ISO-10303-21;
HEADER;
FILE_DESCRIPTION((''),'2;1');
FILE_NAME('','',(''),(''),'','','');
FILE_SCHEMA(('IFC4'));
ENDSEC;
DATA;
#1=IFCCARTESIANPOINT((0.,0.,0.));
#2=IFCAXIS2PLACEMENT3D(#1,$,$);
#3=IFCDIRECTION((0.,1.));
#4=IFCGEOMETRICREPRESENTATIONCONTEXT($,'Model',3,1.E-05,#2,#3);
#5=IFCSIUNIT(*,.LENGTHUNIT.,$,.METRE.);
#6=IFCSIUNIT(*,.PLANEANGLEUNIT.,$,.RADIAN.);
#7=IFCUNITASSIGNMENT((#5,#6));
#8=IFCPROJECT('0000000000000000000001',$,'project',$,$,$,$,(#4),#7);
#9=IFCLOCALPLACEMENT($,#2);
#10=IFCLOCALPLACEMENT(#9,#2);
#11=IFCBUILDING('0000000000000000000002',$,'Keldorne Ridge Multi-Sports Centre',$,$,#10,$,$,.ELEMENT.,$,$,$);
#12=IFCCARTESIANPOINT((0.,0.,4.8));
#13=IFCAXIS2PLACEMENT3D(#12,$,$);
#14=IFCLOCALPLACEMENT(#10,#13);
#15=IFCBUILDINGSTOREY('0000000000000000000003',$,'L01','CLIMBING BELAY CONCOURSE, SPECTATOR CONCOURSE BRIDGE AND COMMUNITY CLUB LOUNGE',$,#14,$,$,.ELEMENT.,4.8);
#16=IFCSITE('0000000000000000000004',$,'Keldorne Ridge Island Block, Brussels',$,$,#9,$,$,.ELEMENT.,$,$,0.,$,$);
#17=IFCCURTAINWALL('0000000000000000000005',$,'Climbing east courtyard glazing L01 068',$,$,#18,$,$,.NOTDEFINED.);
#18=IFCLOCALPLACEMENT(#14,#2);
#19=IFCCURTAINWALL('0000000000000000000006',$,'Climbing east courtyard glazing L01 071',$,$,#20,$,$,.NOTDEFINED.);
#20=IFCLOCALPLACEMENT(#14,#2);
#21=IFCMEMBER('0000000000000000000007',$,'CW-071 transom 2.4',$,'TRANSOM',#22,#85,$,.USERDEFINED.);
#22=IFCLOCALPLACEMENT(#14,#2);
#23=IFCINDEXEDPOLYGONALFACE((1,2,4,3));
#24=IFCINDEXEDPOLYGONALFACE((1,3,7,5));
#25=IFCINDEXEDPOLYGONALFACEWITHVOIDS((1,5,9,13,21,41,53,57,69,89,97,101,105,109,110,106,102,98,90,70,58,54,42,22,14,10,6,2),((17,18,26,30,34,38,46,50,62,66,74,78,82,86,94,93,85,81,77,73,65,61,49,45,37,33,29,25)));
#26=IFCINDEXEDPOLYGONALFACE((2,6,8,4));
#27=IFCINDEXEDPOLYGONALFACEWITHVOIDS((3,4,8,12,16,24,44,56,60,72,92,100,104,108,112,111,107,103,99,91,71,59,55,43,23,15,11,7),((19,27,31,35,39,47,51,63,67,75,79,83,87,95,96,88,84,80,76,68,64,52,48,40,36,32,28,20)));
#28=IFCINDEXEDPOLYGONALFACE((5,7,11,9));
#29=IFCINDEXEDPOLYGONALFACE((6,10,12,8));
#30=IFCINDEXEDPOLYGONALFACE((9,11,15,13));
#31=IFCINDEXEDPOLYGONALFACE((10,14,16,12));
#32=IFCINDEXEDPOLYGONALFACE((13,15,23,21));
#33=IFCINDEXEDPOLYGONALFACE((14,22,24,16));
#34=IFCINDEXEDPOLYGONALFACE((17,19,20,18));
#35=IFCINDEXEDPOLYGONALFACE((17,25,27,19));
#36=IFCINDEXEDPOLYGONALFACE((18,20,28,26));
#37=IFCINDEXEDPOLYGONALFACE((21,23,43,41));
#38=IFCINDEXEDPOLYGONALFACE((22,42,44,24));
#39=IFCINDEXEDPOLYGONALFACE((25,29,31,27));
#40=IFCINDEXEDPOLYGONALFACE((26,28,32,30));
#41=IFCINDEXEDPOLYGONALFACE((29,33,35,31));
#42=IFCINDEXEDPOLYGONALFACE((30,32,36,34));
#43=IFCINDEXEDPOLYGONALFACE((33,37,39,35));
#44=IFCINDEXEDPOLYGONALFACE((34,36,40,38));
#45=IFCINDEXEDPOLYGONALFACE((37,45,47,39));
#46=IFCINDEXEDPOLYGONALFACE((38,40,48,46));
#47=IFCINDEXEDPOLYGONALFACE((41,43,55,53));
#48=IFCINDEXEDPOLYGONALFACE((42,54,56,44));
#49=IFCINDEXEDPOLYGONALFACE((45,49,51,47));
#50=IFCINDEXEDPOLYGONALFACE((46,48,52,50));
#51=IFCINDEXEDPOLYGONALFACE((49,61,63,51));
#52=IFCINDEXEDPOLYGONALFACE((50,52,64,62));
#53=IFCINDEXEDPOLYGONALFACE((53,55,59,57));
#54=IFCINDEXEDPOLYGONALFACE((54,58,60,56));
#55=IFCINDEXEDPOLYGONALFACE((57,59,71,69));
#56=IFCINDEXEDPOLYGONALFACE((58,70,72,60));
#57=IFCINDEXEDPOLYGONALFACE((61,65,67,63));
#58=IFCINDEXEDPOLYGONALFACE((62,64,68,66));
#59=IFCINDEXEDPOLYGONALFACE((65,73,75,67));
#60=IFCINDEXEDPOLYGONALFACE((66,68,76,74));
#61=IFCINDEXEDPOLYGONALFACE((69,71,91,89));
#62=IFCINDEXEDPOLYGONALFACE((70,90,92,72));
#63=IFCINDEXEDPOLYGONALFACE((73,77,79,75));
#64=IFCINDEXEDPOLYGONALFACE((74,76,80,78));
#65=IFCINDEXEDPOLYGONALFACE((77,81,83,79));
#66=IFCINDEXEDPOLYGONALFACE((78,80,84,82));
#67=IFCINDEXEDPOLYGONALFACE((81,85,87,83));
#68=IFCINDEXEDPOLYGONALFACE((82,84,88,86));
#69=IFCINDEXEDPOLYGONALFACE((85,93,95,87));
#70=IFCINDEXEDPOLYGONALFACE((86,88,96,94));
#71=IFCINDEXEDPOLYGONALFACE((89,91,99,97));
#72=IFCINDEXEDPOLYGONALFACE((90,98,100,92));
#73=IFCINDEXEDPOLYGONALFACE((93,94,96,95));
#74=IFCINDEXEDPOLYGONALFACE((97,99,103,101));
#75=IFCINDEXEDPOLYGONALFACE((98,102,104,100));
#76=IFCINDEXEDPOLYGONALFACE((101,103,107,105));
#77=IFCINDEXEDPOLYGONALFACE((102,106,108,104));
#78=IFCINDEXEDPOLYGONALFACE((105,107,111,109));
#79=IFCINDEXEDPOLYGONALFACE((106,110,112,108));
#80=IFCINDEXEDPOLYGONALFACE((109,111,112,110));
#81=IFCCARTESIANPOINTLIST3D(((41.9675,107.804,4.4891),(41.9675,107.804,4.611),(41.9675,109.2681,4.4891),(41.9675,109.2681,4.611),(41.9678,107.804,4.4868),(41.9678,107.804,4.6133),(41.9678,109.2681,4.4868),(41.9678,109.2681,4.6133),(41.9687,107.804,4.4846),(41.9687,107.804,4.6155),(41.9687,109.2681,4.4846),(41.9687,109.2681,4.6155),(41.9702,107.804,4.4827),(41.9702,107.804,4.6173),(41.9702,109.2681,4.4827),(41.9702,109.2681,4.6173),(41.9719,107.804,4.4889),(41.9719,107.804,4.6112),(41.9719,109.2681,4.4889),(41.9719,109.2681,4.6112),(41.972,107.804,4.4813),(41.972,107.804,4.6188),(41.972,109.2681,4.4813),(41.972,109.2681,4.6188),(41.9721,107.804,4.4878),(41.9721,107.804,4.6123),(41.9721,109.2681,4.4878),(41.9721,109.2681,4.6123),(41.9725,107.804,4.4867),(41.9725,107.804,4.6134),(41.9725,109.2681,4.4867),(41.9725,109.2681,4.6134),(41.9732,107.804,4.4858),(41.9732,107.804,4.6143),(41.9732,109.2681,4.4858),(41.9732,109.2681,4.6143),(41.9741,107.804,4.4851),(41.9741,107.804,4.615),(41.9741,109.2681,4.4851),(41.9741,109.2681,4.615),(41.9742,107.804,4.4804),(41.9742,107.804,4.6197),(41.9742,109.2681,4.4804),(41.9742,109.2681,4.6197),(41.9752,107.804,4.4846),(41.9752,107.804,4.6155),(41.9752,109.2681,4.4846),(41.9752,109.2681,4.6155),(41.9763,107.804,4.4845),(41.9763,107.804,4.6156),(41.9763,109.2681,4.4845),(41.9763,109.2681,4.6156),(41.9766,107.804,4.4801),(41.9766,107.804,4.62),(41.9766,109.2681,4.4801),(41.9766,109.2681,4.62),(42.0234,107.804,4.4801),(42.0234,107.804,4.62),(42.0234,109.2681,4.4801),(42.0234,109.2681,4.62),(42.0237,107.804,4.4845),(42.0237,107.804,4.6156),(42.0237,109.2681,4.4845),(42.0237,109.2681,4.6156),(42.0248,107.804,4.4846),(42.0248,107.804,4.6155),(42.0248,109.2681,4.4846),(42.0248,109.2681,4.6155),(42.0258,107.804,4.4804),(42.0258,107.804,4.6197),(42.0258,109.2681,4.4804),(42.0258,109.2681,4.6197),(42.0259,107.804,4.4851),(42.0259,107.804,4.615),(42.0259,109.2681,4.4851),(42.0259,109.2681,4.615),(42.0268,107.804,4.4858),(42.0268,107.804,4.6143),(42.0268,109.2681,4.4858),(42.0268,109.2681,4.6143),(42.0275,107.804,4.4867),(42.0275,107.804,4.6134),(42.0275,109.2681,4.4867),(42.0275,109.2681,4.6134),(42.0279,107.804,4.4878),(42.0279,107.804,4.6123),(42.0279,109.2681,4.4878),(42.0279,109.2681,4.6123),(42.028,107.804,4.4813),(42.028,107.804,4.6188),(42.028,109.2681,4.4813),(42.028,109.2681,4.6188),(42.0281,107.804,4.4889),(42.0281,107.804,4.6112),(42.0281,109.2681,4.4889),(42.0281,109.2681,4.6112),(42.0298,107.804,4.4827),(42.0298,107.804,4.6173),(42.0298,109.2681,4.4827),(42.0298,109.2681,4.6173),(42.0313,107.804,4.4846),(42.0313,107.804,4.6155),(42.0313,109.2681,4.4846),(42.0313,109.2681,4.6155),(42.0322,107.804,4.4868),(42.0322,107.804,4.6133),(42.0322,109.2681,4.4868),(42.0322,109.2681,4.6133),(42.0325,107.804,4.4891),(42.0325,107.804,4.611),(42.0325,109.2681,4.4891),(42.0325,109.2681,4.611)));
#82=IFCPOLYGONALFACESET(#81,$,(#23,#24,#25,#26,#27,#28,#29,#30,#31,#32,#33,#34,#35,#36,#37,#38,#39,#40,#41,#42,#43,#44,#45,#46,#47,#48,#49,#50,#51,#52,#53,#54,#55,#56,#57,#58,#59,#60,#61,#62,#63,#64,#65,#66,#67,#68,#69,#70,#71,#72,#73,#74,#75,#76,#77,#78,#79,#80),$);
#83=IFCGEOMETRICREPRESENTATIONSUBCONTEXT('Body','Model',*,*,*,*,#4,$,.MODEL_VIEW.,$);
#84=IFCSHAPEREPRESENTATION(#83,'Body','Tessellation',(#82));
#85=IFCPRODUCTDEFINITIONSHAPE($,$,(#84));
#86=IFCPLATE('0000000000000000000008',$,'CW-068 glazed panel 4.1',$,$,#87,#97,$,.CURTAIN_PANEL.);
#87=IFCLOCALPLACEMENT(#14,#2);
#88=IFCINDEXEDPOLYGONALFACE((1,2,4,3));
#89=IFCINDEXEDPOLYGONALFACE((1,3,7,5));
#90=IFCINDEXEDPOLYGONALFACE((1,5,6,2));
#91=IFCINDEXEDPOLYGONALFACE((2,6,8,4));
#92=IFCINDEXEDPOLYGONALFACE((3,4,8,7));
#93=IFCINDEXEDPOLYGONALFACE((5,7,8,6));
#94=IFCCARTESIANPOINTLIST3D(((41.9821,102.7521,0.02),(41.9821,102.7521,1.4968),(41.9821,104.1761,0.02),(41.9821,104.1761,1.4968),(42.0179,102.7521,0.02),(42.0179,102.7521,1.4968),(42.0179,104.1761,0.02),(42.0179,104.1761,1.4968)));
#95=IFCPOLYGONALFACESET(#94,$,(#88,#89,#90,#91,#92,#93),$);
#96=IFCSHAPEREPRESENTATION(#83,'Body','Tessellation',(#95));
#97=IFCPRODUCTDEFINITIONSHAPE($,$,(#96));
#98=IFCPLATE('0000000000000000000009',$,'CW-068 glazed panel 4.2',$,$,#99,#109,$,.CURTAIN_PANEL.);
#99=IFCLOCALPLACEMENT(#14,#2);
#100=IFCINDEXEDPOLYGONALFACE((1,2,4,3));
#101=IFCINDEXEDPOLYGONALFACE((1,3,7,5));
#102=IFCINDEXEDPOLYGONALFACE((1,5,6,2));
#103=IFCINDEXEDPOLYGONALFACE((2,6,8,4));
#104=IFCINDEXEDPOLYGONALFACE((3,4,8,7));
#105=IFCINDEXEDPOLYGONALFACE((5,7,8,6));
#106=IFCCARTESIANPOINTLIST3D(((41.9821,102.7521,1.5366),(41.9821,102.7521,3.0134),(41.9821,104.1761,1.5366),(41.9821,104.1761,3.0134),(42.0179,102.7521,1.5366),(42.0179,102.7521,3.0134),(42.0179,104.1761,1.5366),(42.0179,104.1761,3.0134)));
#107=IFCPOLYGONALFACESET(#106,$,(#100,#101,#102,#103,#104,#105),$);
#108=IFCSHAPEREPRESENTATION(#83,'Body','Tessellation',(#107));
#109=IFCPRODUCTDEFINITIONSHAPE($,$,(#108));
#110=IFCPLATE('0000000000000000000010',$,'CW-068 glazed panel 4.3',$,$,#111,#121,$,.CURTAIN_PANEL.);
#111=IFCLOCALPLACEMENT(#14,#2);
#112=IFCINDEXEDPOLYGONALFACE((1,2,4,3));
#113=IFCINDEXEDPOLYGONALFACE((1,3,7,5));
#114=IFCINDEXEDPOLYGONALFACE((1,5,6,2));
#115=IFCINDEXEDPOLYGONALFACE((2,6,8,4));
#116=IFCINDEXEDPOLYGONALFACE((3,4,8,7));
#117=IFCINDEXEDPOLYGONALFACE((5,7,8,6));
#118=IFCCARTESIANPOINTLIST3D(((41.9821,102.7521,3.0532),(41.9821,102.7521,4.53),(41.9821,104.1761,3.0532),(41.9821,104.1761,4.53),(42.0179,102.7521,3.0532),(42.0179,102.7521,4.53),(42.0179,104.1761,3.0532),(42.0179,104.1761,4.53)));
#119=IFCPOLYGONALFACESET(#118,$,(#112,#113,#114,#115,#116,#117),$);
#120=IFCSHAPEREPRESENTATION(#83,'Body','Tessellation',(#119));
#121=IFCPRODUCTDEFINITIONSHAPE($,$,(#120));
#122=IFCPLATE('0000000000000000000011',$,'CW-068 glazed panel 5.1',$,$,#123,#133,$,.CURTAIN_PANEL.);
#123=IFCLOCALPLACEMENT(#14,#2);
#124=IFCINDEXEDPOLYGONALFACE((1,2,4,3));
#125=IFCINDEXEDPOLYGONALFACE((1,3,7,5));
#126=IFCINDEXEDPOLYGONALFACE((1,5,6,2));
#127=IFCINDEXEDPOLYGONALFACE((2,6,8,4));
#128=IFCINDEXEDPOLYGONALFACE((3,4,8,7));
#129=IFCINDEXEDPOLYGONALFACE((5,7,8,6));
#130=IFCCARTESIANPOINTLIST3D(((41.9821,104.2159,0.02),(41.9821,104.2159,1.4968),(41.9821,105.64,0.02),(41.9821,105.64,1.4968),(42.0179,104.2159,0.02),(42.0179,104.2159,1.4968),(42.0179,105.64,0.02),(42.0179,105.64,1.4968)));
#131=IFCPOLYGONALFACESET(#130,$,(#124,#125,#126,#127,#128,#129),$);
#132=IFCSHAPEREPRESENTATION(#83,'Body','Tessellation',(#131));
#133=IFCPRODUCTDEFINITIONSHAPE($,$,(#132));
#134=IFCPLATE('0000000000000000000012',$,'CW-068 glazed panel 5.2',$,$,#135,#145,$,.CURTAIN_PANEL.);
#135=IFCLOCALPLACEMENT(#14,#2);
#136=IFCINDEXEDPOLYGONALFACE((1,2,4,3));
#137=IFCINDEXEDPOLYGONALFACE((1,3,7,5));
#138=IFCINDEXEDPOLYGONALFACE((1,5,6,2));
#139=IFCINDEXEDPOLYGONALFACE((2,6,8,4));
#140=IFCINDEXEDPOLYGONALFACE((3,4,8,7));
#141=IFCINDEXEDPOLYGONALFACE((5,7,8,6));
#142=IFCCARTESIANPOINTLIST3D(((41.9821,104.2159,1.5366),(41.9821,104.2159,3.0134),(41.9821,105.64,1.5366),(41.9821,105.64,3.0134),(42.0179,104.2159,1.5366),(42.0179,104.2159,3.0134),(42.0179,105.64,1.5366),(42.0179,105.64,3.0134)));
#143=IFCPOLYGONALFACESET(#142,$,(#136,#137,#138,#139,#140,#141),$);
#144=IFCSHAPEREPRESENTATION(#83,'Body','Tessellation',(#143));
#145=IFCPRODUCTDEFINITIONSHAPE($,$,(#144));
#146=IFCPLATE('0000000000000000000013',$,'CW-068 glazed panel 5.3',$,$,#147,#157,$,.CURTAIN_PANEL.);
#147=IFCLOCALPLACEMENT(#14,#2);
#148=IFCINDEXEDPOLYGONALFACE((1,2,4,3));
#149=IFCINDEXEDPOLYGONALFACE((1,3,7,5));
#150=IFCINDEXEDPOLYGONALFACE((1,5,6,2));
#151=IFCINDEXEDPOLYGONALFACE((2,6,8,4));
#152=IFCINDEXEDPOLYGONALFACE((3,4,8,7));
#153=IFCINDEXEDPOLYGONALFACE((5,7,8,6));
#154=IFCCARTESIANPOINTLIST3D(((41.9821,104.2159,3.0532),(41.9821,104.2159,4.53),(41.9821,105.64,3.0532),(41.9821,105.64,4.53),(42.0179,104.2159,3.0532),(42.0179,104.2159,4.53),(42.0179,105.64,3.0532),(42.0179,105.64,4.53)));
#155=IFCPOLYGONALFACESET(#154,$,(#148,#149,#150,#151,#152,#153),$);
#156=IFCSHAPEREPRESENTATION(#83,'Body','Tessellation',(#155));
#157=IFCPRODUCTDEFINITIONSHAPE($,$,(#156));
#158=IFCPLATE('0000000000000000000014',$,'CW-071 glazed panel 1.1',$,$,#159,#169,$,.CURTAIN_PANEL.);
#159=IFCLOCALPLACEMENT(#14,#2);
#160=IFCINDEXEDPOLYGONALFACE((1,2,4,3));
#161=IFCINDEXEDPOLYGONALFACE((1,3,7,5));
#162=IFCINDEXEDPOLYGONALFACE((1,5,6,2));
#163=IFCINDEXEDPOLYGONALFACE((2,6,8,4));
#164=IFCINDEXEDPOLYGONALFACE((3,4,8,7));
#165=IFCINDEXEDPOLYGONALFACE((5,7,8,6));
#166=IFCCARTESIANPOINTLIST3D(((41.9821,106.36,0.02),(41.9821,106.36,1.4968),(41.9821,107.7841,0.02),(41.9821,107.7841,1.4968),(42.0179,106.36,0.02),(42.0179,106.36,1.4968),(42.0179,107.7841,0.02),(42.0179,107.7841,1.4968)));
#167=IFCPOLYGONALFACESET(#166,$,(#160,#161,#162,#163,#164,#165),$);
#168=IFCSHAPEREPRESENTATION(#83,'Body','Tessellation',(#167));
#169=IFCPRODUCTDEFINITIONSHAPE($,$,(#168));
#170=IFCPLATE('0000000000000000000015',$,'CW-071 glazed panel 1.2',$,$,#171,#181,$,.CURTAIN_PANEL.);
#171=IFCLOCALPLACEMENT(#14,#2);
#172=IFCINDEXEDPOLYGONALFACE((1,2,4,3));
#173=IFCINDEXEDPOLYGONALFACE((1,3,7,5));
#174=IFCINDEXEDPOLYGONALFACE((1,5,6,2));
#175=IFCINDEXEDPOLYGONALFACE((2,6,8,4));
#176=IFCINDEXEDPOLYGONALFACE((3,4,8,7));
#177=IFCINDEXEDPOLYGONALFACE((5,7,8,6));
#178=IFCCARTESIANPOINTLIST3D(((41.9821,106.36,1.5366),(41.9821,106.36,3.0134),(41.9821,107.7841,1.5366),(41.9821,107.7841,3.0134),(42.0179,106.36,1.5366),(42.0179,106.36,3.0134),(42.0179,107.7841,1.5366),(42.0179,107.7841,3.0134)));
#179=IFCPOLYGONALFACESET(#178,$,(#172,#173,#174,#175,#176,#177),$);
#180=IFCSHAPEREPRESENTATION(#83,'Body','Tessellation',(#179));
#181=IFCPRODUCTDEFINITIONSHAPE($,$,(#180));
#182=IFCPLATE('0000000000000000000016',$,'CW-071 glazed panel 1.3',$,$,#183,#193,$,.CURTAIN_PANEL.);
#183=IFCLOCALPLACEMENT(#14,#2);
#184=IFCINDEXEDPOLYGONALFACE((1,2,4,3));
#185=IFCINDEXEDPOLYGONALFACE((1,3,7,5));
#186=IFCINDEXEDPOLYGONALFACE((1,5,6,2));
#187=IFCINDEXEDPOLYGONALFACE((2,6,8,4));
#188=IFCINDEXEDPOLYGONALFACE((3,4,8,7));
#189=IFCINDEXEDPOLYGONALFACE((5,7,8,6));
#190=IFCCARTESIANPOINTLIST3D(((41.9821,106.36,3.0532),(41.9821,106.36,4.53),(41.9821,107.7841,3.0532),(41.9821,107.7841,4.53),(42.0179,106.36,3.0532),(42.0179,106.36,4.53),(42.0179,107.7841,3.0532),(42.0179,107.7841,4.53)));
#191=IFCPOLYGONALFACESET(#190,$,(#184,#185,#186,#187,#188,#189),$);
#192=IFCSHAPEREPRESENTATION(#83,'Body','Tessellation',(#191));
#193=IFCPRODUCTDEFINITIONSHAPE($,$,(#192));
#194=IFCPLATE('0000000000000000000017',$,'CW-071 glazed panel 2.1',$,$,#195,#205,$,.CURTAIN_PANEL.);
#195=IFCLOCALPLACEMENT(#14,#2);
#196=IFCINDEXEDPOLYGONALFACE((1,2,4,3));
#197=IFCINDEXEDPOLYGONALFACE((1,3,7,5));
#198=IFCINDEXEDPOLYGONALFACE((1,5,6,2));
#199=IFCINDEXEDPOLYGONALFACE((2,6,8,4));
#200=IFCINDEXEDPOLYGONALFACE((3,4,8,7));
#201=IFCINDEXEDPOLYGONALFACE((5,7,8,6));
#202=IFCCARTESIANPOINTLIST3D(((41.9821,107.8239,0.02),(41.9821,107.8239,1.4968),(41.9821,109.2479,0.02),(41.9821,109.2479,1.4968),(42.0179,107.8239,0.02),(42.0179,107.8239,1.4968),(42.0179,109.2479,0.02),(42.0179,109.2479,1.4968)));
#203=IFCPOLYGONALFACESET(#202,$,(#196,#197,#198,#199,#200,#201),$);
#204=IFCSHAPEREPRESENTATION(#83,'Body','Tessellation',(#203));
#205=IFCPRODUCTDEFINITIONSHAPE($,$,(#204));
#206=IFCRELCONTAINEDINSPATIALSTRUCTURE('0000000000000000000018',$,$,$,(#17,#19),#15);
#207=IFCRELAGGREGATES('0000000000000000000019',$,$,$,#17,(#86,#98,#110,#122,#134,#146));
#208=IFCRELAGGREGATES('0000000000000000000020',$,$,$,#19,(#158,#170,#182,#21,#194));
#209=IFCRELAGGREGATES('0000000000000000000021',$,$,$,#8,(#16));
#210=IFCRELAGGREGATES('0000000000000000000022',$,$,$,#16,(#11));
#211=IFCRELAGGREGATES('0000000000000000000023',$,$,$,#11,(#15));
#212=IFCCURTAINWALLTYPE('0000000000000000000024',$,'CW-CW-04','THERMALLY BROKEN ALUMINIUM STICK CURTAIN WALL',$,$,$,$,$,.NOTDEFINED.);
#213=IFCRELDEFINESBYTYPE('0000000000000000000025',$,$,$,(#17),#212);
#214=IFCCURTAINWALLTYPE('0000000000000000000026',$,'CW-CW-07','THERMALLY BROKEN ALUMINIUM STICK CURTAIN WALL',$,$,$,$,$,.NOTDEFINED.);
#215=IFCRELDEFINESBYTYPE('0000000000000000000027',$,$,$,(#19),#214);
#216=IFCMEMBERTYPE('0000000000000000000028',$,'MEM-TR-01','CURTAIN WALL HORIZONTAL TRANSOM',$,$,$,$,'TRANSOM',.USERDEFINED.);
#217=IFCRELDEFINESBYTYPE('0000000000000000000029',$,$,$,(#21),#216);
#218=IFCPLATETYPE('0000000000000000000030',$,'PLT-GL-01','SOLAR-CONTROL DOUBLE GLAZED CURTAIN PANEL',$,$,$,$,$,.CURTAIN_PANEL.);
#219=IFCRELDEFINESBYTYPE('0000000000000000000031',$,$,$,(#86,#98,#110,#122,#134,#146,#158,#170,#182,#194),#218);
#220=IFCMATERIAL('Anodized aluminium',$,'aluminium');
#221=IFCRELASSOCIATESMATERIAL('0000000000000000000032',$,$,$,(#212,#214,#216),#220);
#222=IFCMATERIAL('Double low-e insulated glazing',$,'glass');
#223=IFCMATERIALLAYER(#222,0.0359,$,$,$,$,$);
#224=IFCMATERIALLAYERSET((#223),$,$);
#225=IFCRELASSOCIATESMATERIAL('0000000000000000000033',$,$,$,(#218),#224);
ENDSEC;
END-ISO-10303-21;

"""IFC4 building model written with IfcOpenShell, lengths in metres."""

from ifc_helpers import new_model, si_unit, direction, frame, origin, origin_2d, place, context, subcontext, project, spatial, rectangle, hollow_rectangle, extrude, material, layer, layer_set, material_profile, profile_set, type_object, element, aggregate, save


model = new_model("IFC4")

# Units and contexts
model_context = context("Model", 3, precision=1e-05, world=origin(), true_north=direction((0.0, 1.0)))
body_context = subcontext(model_context, "Body", "Model", "MODEL_VIEW")
ifc_project = project(units=[si_unit("LENGTHUNIT", "METRE"), si_unit("PLANEANGLEUNIT", "RADIAN")], contexts=[model_context])

# Site, building, storey
site_placement = place(None, origin())
site = spatial("IfcSite", under=ifc_project, at=site_placement, Name="Keldorne Ridge Island Block, Brussels", CompositionType="ELEMENT", RefElevation=0.0)
building_placement = place(site_placement, origin())
building = spatial("IfcBuilding", under=site, at=building_placement, Name="Keldorne Ridge Multi-Sports Centre", CompositionType="ELEMENT")
storey_placement = place(building_placement, frame((0.0, 0.0, 4.8)))
storey = spatial("IfcBuildingStorey", under=building, at=storey_placement, Name="L01", Description="CLIMBING BELAY CONCOURSE, SPECTATOR CONCOURSE BRIDGE AND COMMUNITY CLUB LOUNGE", CompositionType="ELEMENT", Elevation=4.8)

# Curtain walls
ifc_material_1 = material(Name="Anodized aluminium", Category="aluminium")
curtain_wall_type_1 = type_object("IfcCurtainWallType", Name="CW-CW-04", Description="THERMALLY BROKEN ALUMINIUM STICK CURTAIN WALL", PredefinedType="NOTDEFINED", material=ifc_material_1)
curtain_wall_1_placement = place(storey_placement, origin())
curtain_wall_1 = element("IfcCurtainWall", 1, at=curtain_wall_1_placement, inside=storey, type_object=curtain_wall_type_1, Name="Climbing east courtyard glazing L01 068", PredefinedType="NOTDEFINED")
curtain_wall_type_2 = type_object("IfcCurtainWallType", Name="CW-CW-07", Description="THERMALLY BROKEN ALUMINIUM STICK CURTAIN WALL", PredefinedType="NOTDEFINED", material=ifc_material_1)
curtain_wall_2_placement = place(storey_placement, origin())
curtain_wall_2 = element("IfcCurtainWall", 2, at=curtain_wall_2_placement, inside=storey, type_object=curtain_wall_type_2, Name="Climbing east courtyard glazing L01 071", PredefinedType="NOTDEFINED")

# Member
ifc_material_profile_1 = material_profile(ifc_material_1, hollow_rectangle(XDim=0.0649, YDim=0.1399, WallThickness=0.0044, InnerFilletRadius=0.0044, OuterFilletRadius=0.009, at=origin_2d()), Name="ALU TRANSOM 140x65x4.5")
ifc_profile_set_1 = profile_set([ifc_material_profile_1], Name="Anodized aluminium")
member_type_1 = type_object("IfcMemberType", Name="MEM-TR-01", Description="CURTAIN WALL HORIZONTAL TRANSOM", ElementType="TRANSOM", PredefinedType="USERDEFINED", material=ifc_profile_set_1)
member_1_placement = place(storey_placement, frame((42.0, 107.804, 4.55), z_axis=(0.0, 1.0, 0.0), x_axis=(-1.0, 0.0, 0.0)))
member_1 = element("IfcMember", 3, at=member_1_placement, type_object=member_type_1, Name="CW-071 transom 2.4", ObjectType="TRANSOM", PredefinedType="USERDEFINED", context=body_context, shape_type="SweptSolid", body=[
    extrude(hollow_rectangle(XDim=0.0649, YDim=0.1399, WallThickness=0.0044, InnerFilletRadius=0.0044, OuterFilletRadius=0.009, at=origin_2d()), origin(), (0.0, 0.0, 1.0), 1.4641),
])

# Plates
ifc_material_2 = material(Name="Double low-e insulated glazing", Category="glass")
ifc_layer = layer(ifc_material_2, 0.0359)
ifc_layer_set = layer_set([ifc_layer])
plate_type = type_object("IfcPlateType", Name="PLT-GL-01", Description="SOLAR-CONTROL DOUBLE GLAZED CURTAIN PANEL", PredefinedType="CURTAIN_PANEL", material=ifc_layer_set)
plate_1_placement = place(storey_placement, frame((42.0, 103.4641, 0.02), z_axis=(0.0, 0.0, 1.0), x_axis=(0.0, 1.0, 0.0)))
plate_1 = element("IfcPlate", 4, at=plate_1_placement, type_object=plate_type, Name="CW-068 glazed panel 4.1", PredefinedType="CURTAIN_PANEL", context=body_context, shape_type="SweptSolid", body=[
    extrude(rectangle(XDim=1.4241, YDim=0.0359, at=origin_2d()), origin(), (0.0, 0.0, 1.0), 1.4768),
])
plate_2_placement = place(storey_placement, frame((42.0, 103.4641, 1.5366), z_axis=(0.0, 0.0, 1.0), x_axis=(0.0, 1.0, 0.0)))
plate_2 = element("IfcPlate", 5, at=plate_2_placement, type_object=plate_type, Name="CW-068 glazed panel 4.2", PredefinedType="CURTAIN_PANEL", context=body_context, shape_type="SweptSolid", body=[
    extrude(rectangle(XDim=1.4241, YDim=0.0359, at=origin_2d()), origin(), (0.0, 0.0, 1.0), 1.4768),
])
plate_3_placement = place(storey_placement, frame((42.0, 103.4641, 3.0532), z_axis=(0.0, 0.0, 1.0), x_axis=(0.0, 1.0, 0.0)))
plate_3 = element("IfcPlate", 6, at=plate_3_placement, type_object=plate_type, Name="CW-068 glazed panel 4.3", PredefinedType="CURTAIN_PANEL", context=body_context, shape_type="SweptSolid", body=[
    extrude(rectangle(XDim=1.4241, YDim=0.0359, at=origin_2d()), origin(), (0.0, 0.0, 1.0), 1.4768),
])
plate_4_placement = place(storey_placement, frame((42.0, 104.928, 0.02), z_axis=(0.0, 0.0, 1.0), x_axis=(0.0, 1.0, 0.0)))
plate_4 = element("IfcPlate", 7, at=plate_4_placement, type_object=plate_type, Name="CW-068 glazed panel 5.1", PredefinedType="CURTAIN_PANEL", context=body_context, shape_type="SweptSolid", body=[
    extrude(rectangle(XDim=1.4241, YDim=0.0359, at=origin_2d()), origin(), (0.0, 0.0, 1.0), 1.4768),
])
plate_5_placement = place(storey_placement, frame((42.0, 104.928, 1.5366), z_axis=(0.0, 0.0, 1.0), x_axis=(0.0, 1.0, 0.0)))
plate_5 = element("IfcPlate", 8, at=plate_5_placement, type_object=plate_type, Name="CW-068 glazed panel 5.2", PredefinedType="CURTAIN_PANEL", context=body_context, shape_type="SweptSolid", body=[
    extrude(rectangle(XDim=1.4241, YDim=0.0359, at=origin_2d()), origin(), (0.0, 0.0, 1.0), 1.4768),
])
plate_6_placement = place(storey_placement, frame((42.0, 104.928, 3.0532), z_axis=(0.0, 0.0, 1.0), x_axis=(0.0, 1.0, 0.0)))
plate_6 = element("IfcPlate", 9, at=plate_6_placement, type_object=plate_type, Name="CW-068 glazed panel 5.3", PredefinedType="CURTAIN_PANEL", context=body_context, shape_type="SweptSolid", body=[
    extrude(rectangle(XDim=1.4241, YDim=0.0359, at=origin_2d()), origin(), (0.0, 0.0, 1.0), 1.4768),
])
aggregate(curtain_wall_1, [plate_1, plate_2, plate_3, plate_4, plate_5, plate_6])
plate_7_placement = place(storey_placement, frame((42.0, 107.072, 0.02), z_axis=(0.0, 0.0, 1.0), x_axis=(0.0, 1.0, 0.0)))
plate_7 = element("IfcPlate", 10, at=plate_7_placement, type_object=plate_type, Name="CW-071 glazed panel 1.1", PredefinedType="CURTAIN_PANEL", context=body_context, shape_type="SweptSolid", body=[
    extrude(rectangle(XDim=1.4241, YDim=0.0359, at=origin_2d()), origin(), (0.0, 0.0, 1.0), 1.4768),
])
plate_8_placement = place(storey_placement, frame((42.0, 107.072, 1.5366), z_axis=(0.0, 0.0, 1.0), x_axis=(0.0, 1.0, 0.0)))
plate_8 = element("IfcPlate", 11, at=plate_8_placement, type_object=plate_type, Name="CW-071 glazed panel 1.2", PredefinedType="CURTAIN_PANEL", context=body_context, shape_type="SweptSolid", body=[
    extrude(rectangle(XDim=1.4241, YDim=0.0359, at=origin_2d()), origin(), (0.0, 0.0, 1.0), 1.4768),
])
plate_9_placement = place(storey_placement, frame((42.0, 107.072, 3.0532), z_axis=(0.0, 0.0, 1.0), x_axis=(0.0, 1.0, 0.0)))
plate_9 = element("IfcPlate", 12, at=plate_9_placement, type_object=plate_type, Name="CW-071 glazed panel 1.3", PredefinedType="CURTAIN_PANEL", context=body_context, shape_type="SweptSolid", body=[
    extrude(rectangle(XDim=1.4241, YDim=0.0359, at=origin_2d()), origin(), (0.0, 0.0, 1.0), 1.4768),
])
plate_10_placement = place(storey_placement, frame((42.0, 108.5359, 0.02), z_axis=(0.0, 0.0, 1.0), x_axis=(0.0, 1.0, 0.0)))
plate_10 = element("IfcPlate", 13, at=plate_10_placement, type_object=plate_type, Name="CW-071 glazed panel 2.1", PredefinedType="CURTAIN_PANEL", context=body_context, shape_type="SweptSolid", body=[
    extrude(rectangle(XDim=1.4241, YDim=0.0359, at=origin_2d()), origin(), (0.0, 0.0, 1.0), 1.4768),
])
aggregate(curtain_wall_2, [plate_7, plate_8, plate_9, member_1, plate_10])

save(model, "model.ifc")
